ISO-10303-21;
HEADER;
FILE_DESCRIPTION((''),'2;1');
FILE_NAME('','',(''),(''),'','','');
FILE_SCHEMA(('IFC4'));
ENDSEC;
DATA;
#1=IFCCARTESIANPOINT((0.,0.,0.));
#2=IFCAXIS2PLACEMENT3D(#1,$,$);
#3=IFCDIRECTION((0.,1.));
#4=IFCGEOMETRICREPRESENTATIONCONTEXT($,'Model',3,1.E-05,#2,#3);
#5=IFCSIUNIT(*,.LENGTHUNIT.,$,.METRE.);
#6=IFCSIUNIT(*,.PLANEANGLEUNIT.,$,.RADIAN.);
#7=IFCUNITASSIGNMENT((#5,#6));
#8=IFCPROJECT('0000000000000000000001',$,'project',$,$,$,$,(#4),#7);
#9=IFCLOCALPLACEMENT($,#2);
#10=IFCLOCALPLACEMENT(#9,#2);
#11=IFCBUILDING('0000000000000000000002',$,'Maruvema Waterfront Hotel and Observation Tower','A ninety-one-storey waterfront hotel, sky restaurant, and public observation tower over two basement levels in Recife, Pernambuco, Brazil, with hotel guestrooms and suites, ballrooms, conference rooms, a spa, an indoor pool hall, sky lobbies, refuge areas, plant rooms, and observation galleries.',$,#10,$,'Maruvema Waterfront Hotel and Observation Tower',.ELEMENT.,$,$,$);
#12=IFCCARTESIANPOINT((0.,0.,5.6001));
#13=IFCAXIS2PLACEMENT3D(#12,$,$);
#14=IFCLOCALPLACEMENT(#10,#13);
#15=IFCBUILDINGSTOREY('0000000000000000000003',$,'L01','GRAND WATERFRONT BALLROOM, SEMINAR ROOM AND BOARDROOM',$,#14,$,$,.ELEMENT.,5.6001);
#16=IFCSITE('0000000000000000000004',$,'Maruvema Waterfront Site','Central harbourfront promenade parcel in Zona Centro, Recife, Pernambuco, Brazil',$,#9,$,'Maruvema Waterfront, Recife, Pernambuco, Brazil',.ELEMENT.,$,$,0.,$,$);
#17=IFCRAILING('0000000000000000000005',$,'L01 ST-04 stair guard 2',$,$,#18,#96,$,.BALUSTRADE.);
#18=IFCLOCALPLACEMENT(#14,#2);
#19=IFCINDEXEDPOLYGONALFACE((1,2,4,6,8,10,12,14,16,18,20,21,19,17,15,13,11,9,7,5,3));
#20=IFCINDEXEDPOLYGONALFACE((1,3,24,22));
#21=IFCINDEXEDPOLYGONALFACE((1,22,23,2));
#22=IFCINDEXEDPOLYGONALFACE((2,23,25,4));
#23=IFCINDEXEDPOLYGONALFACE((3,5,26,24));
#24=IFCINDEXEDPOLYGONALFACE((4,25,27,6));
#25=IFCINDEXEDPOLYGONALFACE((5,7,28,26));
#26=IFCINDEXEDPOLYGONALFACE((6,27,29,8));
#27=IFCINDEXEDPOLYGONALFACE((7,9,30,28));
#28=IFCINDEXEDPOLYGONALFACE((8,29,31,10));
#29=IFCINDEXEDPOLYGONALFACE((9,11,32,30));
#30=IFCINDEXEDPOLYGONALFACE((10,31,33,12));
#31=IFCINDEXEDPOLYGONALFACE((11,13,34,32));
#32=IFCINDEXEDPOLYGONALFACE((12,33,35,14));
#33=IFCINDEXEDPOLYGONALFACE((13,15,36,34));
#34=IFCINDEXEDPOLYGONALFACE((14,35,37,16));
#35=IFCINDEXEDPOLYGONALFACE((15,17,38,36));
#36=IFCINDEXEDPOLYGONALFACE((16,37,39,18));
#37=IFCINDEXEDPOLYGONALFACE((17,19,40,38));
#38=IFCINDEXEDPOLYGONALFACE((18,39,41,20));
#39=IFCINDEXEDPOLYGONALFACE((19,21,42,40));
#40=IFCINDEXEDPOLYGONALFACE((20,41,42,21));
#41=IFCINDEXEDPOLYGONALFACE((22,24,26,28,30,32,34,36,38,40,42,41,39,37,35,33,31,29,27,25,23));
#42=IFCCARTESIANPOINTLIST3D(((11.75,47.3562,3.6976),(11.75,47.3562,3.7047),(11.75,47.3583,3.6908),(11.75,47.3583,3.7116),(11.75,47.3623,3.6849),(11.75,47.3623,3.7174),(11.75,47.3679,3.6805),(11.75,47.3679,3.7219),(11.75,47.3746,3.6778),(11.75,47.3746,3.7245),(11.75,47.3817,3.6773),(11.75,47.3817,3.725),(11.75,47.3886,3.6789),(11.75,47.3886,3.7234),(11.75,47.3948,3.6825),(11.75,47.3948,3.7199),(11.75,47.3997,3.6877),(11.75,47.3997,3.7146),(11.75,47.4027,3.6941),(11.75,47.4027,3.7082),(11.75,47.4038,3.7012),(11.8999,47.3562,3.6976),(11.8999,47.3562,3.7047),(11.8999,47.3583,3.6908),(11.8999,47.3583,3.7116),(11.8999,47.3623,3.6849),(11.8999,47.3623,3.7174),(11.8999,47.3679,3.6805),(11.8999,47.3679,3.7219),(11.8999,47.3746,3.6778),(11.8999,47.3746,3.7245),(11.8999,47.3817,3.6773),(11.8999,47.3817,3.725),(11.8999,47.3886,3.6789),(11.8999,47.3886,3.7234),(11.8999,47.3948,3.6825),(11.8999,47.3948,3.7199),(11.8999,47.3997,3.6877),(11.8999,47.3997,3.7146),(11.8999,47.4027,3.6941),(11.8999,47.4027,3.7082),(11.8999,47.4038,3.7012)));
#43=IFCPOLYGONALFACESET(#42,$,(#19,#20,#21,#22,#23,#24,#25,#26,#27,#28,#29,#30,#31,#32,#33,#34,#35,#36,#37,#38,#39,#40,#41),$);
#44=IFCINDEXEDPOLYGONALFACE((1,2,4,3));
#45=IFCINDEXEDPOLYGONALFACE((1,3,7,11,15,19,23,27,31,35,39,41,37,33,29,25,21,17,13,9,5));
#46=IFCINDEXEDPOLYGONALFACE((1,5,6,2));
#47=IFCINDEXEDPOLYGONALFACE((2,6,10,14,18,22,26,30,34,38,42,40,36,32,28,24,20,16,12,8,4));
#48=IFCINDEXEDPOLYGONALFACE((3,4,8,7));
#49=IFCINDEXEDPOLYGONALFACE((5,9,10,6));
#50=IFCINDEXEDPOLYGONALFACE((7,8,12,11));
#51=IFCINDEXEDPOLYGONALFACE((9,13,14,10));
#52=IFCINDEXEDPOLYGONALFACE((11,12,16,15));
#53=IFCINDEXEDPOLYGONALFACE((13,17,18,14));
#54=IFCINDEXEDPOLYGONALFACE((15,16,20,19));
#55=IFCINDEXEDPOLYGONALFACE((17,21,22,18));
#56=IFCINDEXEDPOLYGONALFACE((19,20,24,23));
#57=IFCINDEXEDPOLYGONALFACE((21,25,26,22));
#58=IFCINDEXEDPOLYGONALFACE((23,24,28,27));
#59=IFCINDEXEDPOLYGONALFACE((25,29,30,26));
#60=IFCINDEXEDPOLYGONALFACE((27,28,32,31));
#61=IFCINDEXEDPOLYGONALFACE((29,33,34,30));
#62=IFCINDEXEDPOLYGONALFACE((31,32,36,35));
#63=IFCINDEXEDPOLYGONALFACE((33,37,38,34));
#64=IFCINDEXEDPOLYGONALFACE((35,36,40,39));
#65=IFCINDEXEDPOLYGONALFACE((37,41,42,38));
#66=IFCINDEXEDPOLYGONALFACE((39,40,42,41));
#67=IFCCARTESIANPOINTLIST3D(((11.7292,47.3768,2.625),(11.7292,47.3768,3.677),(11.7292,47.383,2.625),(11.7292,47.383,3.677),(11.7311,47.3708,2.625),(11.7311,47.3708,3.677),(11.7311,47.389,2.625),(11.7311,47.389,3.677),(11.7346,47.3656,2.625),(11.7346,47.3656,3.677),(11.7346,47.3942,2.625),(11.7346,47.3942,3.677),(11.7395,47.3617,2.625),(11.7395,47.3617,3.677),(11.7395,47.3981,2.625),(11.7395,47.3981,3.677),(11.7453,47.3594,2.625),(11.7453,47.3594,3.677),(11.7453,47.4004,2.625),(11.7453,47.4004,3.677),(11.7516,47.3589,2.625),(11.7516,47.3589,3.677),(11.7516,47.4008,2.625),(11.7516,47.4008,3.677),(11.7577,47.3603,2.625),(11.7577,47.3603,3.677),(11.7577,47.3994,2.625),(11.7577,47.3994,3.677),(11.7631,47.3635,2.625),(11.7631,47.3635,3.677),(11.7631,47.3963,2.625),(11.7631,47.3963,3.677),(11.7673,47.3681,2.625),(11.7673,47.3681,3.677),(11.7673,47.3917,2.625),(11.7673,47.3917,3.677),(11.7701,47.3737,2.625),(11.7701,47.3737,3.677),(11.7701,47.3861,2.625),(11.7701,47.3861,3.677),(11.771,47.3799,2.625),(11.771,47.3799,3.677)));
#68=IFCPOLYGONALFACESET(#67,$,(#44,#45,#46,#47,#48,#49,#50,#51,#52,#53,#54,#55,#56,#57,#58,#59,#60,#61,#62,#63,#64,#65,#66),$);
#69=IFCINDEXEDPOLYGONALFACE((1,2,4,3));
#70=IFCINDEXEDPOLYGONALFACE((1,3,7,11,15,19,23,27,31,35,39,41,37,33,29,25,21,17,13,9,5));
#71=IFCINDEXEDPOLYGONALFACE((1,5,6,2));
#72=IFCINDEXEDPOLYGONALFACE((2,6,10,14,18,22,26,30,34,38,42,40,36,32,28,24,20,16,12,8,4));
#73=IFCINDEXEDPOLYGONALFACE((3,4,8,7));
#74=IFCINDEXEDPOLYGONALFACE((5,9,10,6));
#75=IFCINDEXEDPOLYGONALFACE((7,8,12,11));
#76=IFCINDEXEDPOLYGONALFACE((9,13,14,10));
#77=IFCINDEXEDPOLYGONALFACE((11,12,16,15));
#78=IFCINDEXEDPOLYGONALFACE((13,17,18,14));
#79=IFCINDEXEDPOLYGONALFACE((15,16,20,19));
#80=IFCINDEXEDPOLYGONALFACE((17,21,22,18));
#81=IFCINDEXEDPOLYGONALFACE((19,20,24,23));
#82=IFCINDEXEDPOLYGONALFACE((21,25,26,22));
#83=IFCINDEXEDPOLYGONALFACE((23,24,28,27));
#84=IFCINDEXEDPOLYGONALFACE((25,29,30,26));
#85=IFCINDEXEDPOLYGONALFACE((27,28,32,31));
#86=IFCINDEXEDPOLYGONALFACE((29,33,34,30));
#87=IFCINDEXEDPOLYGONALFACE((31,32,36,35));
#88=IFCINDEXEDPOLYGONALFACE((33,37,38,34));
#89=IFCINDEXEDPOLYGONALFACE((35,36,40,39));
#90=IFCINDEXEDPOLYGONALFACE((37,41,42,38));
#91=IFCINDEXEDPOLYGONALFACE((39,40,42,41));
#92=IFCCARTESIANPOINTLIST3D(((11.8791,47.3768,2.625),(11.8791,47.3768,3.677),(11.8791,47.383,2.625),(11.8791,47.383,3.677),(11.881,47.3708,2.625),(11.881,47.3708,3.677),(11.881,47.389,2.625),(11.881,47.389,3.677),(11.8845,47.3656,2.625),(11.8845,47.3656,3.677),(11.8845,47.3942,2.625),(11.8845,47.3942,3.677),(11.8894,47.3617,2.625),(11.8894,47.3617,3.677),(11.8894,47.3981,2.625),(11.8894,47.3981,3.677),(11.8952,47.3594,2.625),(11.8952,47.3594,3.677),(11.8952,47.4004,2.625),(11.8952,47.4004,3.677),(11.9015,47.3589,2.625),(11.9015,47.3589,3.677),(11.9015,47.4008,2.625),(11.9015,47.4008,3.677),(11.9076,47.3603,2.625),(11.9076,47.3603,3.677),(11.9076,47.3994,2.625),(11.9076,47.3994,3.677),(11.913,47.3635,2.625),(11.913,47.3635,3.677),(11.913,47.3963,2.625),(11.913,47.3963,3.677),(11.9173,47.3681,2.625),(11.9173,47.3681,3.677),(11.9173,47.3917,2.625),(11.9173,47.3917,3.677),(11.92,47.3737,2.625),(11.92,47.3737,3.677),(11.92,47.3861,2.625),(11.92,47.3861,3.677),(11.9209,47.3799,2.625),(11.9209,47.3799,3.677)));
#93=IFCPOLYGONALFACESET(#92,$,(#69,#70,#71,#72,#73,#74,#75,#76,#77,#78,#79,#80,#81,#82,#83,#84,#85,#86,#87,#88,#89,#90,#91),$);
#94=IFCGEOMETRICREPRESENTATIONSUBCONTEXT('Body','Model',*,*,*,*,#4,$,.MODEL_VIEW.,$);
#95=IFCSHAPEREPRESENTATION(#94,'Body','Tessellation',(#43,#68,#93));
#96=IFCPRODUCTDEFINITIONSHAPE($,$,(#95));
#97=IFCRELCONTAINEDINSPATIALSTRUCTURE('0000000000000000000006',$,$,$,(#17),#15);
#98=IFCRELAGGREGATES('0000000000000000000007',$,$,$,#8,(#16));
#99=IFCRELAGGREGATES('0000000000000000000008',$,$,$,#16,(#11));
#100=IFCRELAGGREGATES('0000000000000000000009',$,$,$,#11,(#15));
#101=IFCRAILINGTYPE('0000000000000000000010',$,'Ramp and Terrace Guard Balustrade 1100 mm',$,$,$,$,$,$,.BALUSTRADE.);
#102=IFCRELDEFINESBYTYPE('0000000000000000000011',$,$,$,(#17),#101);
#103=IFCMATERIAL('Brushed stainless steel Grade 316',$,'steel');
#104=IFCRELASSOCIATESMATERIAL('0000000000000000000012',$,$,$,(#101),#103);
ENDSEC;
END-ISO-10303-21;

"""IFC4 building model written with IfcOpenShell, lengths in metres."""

from ifc_helpers import new_model, si_unit, direction, frame, origin, origin_2d, place, context, subcontext, project, spatial, circle, extrude, material, type_object, element, save


model = new_model("IFC4")

# Units and contexts
model_context = context("Model", 3, precision=1e-05, world=origin(), true_north=direction((0.0, 1.0)))
body_context = subcontext(model_context, "Body", "Model", "MODEL_VIEW")
ifc_project = project(units=[si_unit("LENGTHUNIT", "METRE"), si_unit("PLANEANGLEUNIT", "RADIAN")], contexts=[model_context])

# Site, building, storey
site_placement = place(None, origin())
site = spatial("IfcSite", under=ifc_project, at=site_placement, Name="Maruvema Waterfront Site", Description="Central harbourfront promenade parcel in Zona Centro, Recife, Pernambuco, Brazil", LongName="Maruvema Waterfront, Recife, Pernambuco, Brazil", CompositionType="ELEMENT", RefElevation=0.0)
building_placement = place(site_placement, origin())
building = spatial("IfcBuilding", under=site, at=building_placement, Name="Maruvema Waterfront Hotel and Observation Tower", Description="A ninety-one-storey waterfront hotel, sky restaurant, and public observation tower over two basement levels in Recife, Pernambuco, Brazil, with hotel guestrooms and suites, ballrooms, conference rooms, a spa, an indoor pool hall, sky lobbies, refuge areas, plant rooms, and observation galleries.", LongName="Maruvema Waterfront Hotel and Observation Tower", CompositionType="ELEMENT")
storey_placement = place(building_placement, frame((0.0, 0.0, 5.6001)))
storey = spatial("IfcBuildingStorey", under=building, at=storey_placement, Name="L01", Description="GRAND WATERFRONT BALLROOM, SEMINAR ROOM AND BOARDROOM", CompositionType="ELEMENT", Elevation=5.6001)

# Railing
ifc_material_1 = material(Name="Brushed stainless steel Grade 316", Category="steel")
railing_type_1 = type_object("IfcRailingType", Name="Ramp and Terrace Guard Balustrade 1100 mm", PredefinedType="BALUSTRADE", material=ifc_material_1)
railing_1_placement = place(storey_placement, frame((11.75, 47.3799, 2.625)))
element("IfcRailing", 1, at=railing_1_placement, inside=storey, type_object=railing_type_1, Name="L01 ST-04 stair guard 2", PredefinedType="BALUSTRADE", context=body_context, shape_type="SweptSolid", body=[
    extrude(circle(Radius=0.0239, at=origin_2d()), frame((0.0, 0.0, 1.0762), z_axis=(1.0, 0.0, 0.0), x_axis=(0.0, 1.0, 0.0)), (0.0, 0.0, 1.0), 0.1499),
    extrude(circle(Radius=0.021, at=origin_2d()), origin(), (0.0, 0.0, 1.0), 1.052),
    extrude(circle(Radius=0.021, at=origin_2d()), frame((0.1499, 0.0, 0.0)), (0.0, 0.0, 1.0), 1.052),
])

save(model, "model.ifc")
